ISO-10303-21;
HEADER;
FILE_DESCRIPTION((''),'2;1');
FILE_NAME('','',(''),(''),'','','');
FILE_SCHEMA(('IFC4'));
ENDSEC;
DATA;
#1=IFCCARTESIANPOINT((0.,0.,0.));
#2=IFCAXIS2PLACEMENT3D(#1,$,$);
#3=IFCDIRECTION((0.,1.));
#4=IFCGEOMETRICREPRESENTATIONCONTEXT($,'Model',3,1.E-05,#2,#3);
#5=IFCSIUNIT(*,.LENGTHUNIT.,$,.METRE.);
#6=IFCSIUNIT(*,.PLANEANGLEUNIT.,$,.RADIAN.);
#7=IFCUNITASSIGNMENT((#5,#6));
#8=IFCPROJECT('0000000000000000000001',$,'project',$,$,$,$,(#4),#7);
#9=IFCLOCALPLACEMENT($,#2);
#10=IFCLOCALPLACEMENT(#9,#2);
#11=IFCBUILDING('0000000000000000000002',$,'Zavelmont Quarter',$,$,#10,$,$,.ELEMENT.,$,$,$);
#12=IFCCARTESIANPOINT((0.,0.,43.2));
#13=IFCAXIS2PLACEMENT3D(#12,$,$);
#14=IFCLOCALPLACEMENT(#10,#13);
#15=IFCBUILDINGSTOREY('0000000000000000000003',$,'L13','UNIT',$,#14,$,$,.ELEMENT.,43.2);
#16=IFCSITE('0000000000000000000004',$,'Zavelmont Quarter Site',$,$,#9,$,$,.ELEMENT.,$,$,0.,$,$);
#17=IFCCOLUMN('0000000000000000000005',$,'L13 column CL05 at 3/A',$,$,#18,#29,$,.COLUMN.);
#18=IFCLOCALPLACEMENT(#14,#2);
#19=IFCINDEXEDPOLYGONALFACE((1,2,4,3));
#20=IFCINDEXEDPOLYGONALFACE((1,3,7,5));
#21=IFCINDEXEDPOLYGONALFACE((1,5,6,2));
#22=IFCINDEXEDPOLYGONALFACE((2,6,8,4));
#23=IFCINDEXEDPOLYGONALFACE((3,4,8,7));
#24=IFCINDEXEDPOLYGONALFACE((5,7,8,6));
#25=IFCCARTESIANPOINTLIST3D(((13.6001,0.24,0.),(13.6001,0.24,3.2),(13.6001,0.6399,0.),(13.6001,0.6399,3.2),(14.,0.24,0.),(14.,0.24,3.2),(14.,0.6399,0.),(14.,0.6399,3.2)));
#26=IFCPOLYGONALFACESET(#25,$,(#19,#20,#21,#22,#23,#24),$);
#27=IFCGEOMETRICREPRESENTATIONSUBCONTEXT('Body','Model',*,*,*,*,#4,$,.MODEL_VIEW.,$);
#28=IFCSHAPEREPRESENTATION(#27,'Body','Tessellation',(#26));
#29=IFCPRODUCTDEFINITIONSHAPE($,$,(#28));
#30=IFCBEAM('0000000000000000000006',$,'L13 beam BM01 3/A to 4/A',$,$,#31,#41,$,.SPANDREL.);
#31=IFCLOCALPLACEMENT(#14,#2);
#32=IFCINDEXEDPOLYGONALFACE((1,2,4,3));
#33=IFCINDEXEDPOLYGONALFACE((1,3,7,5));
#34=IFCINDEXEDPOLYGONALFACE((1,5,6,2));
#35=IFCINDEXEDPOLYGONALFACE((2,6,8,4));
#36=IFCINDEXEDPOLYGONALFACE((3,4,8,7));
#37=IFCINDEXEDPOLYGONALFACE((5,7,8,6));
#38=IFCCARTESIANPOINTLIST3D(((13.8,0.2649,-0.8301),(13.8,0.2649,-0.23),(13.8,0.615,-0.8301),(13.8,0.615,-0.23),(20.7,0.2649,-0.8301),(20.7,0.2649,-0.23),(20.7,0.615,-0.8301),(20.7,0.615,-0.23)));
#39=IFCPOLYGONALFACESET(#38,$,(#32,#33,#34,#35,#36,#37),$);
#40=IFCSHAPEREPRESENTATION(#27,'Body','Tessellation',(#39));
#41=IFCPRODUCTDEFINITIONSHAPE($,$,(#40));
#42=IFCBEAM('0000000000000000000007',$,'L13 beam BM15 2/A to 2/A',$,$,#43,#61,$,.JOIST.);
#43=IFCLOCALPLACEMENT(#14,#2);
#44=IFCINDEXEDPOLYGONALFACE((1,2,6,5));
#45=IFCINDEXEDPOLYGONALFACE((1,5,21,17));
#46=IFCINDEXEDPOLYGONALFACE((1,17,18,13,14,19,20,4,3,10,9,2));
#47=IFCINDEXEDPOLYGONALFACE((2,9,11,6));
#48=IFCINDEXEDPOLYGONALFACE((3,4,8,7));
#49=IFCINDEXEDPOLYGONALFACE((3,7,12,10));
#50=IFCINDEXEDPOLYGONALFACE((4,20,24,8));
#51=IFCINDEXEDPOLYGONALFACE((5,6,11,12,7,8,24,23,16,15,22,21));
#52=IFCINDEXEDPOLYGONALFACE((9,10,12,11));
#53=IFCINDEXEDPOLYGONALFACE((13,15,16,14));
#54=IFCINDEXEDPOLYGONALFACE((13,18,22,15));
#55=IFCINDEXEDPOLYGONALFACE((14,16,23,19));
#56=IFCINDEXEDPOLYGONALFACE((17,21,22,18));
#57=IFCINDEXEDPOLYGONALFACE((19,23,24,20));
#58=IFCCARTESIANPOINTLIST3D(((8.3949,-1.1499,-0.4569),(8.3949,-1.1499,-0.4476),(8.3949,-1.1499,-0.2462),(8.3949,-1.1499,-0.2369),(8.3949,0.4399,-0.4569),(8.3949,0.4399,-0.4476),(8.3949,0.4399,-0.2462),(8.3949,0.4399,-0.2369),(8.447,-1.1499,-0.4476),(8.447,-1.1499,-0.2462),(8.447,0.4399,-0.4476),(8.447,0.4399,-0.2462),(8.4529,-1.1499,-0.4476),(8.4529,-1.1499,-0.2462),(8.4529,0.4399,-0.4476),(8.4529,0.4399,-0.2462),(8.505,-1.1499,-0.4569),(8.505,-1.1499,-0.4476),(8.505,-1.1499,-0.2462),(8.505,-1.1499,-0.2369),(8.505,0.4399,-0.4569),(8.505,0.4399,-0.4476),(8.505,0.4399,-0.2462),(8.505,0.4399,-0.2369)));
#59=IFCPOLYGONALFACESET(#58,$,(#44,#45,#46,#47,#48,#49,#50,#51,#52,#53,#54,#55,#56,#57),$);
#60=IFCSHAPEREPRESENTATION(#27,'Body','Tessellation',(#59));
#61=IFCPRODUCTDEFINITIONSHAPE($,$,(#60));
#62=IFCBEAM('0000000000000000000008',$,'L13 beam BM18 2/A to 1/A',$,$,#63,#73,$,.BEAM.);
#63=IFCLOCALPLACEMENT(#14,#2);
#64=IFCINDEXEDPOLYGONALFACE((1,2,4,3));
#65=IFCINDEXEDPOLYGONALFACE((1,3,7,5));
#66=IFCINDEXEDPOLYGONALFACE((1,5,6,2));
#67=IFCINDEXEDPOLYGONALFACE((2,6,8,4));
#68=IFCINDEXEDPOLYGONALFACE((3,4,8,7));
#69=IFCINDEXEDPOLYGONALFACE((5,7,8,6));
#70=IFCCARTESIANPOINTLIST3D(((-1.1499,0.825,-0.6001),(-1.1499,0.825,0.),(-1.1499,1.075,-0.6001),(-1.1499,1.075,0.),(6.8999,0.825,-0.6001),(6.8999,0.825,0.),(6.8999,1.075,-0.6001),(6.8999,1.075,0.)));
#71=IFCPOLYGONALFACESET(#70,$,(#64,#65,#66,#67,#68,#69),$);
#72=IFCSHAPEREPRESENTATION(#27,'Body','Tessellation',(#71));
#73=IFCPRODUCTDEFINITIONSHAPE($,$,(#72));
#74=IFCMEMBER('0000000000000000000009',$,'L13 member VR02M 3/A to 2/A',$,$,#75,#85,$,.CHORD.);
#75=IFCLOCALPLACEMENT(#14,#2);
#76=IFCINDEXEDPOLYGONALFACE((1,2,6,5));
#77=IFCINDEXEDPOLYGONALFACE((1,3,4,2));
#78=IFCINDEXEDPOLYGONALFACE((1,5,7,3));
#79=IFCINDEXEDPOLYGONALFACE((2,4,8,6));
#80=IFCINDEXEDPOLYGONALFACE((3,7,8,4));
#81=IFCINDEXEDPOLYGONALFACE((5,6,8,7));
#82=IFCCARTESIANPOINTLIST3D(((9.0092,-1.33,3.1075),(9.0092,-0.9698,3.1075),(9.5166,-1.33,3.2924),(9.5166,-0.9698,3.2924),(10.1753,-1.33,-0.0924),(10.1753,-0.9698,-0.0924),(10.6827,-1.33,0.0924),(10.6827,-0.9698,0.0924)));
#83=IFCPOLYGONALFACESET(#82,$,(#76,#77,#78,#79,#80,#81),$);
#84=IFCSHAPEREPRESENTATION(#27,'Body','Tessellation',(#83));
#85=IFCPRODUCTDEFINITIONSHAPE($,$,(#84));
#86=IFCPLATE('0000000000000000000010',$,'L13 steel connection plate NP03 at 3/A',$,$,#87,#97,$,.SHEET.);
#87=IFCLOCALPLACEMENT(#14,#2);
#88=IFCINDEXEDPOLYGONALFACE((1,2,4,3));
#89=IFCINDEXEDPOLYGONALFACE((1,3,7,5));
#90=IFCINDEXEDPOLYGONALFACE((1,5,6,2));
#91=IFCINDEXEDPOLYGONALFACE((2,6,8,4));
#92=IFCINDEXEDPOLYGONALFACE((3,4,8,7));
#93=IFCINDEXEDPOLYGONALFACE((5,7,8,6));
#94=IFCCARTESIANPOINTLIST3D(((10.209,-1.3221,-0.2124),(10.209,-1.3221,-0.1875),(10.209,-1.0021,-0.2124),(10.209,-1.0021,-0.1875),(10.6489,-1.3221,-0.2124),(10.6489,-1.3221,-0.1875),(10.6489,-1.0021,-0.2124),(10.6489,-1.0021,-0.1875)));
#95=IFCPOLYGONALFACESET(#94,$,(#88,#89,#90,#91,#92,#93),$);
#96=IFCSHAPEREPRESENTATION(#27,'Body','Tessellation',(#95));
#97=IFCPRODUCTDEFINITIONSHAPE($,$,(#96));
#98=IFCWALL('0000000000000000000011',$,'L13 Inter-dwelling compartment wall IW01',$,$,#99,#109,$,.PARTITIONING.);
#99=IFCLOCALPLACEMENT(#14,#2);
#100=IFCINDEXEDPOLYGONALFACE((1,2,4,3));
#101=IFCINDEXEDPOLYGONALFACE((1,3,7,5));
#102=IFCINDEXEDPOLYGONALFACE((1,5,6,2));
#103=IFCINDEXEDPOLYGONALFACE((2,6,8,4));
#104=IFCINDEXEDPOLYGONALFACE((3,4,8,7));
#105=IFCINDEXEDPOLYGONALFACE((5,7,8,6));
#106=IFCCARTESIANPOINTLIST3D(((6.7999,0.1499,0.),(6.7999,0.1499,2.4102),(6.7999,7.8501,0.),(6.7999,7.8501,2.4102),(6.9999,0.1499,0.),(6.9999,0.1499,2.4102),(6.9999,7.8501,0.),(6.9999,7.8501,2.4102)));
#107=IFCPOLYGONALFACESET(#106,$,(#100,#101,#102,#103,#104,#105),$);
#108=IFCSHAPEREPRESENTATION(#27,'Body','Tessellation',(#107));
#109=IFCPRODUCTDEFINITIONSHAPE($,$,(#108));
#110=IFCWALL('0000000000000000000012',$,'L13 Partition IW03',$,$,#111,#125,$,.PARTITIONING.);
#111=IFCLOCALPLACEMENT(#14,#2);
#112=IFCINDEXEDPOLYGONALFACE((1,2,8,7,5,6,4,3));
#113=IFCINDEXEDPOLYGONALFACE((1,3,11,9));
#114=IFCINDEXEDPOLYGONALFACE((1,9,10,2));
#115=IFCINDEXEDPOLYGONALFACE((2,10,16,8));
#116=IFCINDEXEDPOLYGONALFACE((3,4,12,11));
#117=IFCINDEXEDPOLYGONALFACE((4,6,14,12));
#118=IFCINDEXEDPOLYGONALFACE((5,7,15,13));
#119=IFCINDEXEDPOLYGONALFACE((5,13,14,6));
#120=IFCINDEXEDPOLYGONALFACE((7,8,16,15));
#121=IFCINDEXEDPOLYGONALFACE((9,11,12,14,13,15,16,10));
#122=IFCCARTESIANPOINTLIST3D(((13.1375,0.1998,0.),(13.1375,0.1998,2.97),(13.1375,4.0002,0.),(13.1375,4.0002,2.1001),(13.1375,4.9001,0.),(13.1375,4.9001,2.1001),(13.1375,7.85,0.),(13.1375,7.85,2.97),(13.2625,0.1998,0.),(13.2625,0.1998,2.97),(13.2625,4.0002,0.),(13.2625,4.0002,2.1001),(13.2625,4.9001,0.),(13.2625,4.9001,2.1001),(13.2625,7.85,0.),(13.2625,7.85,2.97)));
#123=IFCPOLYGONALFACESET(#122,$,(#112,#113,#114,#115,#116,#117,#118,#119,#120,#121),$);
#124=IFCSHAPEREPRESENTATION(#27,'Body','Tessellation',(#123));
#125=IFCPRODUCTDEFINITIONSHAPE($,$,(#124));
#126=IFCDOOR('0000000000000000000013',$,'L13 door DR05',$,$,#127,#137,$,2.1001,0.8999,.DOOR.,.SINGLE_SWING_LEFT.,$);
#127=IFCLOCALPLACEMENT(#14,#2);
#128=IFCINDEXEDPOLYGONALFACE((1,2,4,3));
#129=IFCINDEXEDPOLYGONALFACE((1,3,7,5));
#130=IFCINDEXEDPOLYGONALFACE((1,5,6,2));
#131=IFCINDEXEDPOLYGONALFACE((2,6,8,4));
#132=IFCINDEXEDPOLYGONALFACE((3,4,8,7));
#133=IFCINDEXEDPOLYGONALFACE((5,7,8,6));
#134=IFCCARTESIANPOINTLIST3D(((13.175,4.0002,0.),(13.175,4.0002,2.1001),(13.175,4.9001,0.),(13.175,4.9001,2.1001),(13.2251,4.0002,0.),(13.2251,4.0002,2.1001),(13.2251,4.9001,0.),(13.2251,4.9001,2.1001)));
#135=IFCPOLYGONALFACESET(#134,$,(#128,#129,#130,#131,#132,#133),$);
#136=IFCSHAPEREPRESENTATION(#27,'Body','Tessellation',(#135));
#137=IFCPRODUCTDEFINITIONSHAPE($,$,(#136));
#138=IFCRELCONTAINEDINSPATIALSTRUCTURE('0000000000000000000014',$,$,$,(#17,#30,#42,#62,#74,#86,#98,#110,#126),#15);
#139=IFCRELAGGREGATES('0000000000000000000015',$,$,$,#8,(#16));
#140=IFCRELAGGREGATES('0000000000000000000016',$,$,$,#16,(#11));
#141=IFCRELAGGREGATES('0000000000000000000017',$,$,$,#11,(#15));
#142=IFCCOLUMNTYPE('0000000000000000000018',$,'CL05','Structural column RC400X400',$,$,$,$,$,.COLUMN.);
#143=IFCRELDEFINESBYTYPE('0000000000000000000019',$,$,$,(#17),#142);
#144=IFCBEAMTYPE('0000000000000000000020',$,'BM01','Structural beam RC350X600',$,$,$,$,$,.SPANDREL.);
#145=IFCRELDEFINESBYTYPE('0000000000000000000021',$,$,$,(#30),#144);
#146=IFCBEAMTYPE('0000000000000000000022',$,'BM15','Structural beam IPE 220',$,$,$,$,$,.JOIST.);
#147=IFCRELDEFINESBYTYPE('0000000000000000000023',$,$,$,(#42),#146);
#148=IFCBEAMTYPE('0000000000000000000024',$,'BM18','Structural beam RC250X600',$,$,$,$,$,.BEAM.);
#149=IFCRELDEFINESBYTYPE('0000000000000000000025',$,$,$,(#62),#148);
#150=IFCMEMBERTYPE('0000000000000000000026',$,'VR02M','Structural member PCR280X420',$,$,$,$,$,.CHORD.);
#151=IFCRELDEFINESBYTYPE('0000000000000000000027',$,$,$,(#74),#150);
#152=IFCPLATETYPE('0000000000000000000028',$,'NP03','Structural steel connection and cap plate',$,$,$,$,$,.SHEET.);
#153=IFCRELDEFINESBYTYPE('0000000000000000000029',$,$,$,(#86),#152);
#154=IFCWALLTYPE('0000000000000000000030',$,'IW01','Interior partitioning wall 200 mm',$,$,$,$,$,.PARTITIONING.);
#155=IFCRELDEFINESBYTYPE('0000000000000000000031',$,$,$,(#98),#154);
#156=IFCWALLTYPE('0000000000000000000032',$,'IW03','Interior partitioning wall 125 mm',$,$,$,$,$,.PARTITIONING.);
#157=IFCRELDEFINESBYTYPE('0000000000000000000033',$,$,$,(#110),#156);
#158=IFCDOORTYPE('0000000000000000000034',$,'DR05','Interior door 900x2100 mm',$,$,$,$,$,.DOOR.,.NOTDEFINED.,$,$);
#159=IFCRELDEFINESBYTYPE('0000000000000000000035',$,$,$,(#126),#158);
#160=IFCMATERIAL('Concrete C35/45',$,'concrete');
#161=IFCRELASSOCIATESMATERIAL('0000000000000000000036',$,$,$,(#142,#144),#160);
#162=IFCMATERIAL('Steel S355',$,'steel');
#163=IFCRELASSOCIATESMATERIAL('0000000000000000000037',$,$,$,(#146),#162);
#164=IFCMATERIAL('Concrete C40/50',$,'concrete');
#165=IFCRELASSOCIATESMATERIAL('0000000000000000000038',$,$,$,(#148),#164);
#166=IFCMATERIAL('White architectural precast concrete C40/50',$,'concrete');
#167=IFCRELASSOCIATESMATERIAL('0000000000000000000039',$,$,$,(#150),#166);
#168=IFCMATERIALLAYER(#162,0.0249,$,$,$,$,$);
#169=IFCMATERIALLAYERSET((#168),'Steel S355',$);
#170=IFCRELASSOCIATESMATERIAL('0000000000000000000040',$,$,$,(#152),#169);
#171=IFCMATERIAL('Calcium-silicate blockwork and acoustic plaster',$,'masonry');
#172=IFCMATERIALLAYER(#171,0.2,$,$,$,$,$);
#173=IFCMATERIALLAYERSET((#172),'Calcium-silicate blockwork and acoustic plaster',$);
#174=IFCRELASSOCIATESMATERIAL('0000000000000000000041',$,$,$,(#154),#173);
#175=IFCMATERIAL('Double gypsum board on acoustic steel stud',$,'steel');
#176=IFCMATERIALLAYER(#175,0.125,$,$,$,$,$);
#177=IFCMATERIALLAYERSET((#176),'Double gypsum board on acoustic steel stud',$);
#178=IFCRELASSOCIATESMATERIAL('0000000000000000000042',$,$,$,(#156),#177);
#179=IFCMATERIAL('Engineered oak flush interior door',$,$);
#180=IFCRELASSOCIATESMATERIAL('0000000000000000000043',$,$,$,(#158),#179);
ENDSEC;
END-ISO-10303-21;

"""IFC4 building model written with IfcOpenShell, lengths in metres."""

from ifc_helpers import new_model, si_unit, direction, frame, frame_2d, origin, origin_2d, place, context, subcontext, project, spatial, rectangle, i_section, extrude, material, layer, layer_set, material_profile, profile_set, type_object, element, fill, save


model = new_model("IFC4")

# Units and contexts
model_context = context("Model", 3, precision=1e-05, world=origin(), true_north=direction((0.0, 1.0)))
body_context = subcontext(model_context, "Body", "Model", "MODEL_VIEW")
ifc_project = project(units=[si_unit("LENGTHUNIT", "METRE"), si_unit("PLANEANGLEUNIT", "RADIAN")], contexts=[model_context])

# Site, building, storey
site_placement = place(None, origin())
site = spatial("IfcSite", under=ifc_project, at=site_placement, Name="Zavelmont Quarter Site", CompositionType="ELEMENT", RefElevation=0.0)
building_placement = place(site_placement, origin())
building = spatial("IfcBuilding", under=site, at=building_placement, Name="Zavelmont Quarter", CompositionType="ELEMENT")
storey_placement = place(building_placement, frame((0.0, 0.0, 43.2)))
storey = spatial("IfcBuildingStorey", under=building, at=storey_placement, Name="L13", Description="UNIT", CompositionType="ELEMENT", Elevation=43.2)

# Column
ifc_material_1 = material(Name="Concrete C35/45", Category="concrete")
ifc_material_profile_1 = material_profile(ifc_material_1, rectangle(XDim=0.3999, YDim=0.3999, at=origin_2d()), Name="RC400X400")
ifc_profile_set_1 = profile_set([ifc_material_profile_1], Name="Concrete C35/45")
column_type = type_object("IfcColumnType", Name="CL05", Description="Structural column RC400X400", PredefinedType="COLUMN", material=ifc_profile_set_1)
column_placement = place(storey_placement, frame((13.8, 0.4399, 0.0), z_axis=(0.0, 0.0, 1.0), x_axis=(1.0, 0.0, 0.0)))
element("IfcColumn", 1, at=column_placement, inside=storey, type_object=column_type, Name="L13 column CL05 at 3/A", PredefinedType="COLUMN", context=body_context, shape_type="SweptSolid", body=[
    extrude(rectangle(XDim=0.3999, YDim=0.3999, at=origin_2d()), origin(), (0.0, 0.0, 1.0), 3.2),
])

# Beams
ifc_material_profile_2 = material_profile(ifc_material_1, rectangle(XDim=0.3501, YDim=0.6001, at=origin_2d()), Name="RC350X600")
ifc_profile_set_2 = profile_set([ifc_material_profile_2], Name="Concrete C35/45")
beam_type_1 = type_object("IfcBeamType", Name="BM01", Description="Structural beam RC350X600", PredefinedType="SPANDREL", material=ifc_profile_set_2)
beam_1_placement = place(storey_placement, frame((13.8, 0.4399, -0.53), z_axis=(1.0, 0.0, 0.0), x_axis=(0.0, 1.0, 0.0)))
element("IfcBeam", 2, at=beam_1_placement, inside=storey, type_object=beam_type_1, Name="L13 beam BM01 3/A to 4/A", PredefinedType="SPANDREL", context=body_context, shape_type="SweptSolid", body=[
    extrude(rectangle(XDim=0.3501, YDim=0.6001, at=origin_2d()), origin(), (0.0, 0.0, 1.0), 6.8999),
])
ifc_material_2 = material(Name="Steel S355", Category="steel")
ifc_material_profile_3 = material_profile(ifc_material_2, i_section(OverallWidth=0.1101, OverallDepth=0.22, WebThickness=0.0059, FlangeThickness=0.0093, at=origin_2d()), Name="IPE 220")
ifc_profile_set_3 = profile_set([ifc_material_profile_3], Name="Steel S355")
beam_type_2 = type_object("IfcBeamType", Name="BM15", Description="Structural beam IPE 220", PredefinedType="JOIST", material=ifc_profile_set_3)
beam_2_placement = place(storey_placement, frame((8.45, 0.4399, -0.3469), z_axis=(0.0, -1.0, 0.0), x_axis=(1.0, 0.0, 0.0)))
element("IfcBeam", 3, at=beam_2_placement, inside=storey, type_object=beam_type_2, Name="L13 beam BM15 2/A to 2/A", PredefinedType="JOIST", context=body_context, shape_type="SweptSolid", body=[
    extrude(i_section(OverallWidth=0.1101, OverallDepth=0.22, WebThickness=0.0059, FlangeThickness=0.0093, at=origin_2d()), origin(), (0.0, 0.0, 1.0), 1.5898),
])
ifc_material_3 = material(Name="Concrete C40/50", Category="concrete")
ifc_material_profile_4 = material_profile(ifc_material_3, rectangle(XDim=0.25, YDim=0.6001, at=origin_2d()), Name="RC250X600")
ifc_profile_set_4 = profile_set([ifc_material_profile_4], Name="Concrete C40/50")
beam_type_3 = type_object("IfcBeamType", Name="BM18", Description="Structural beam RC250X600", PredefinedType="BEAM", material=ifc_profile_set_4)
beam_3_placement = place(storey_placement, frame((6.8999, 0.95, -0.3), z_axis=(-1.0, 0.0, 0.0), x_axis=(0.0, -1.0, 0.0)))
element("IfcBeam", 4, at=beam_3_placement, inside=storey, type_object=beam_type_3, Name="L13 beam BM18 2/A to 1/A", PredefinedType="BEAM", context=body_context, shape_type="SweptSolid", body=[
    extrude(rectangle(XDim=0.25, YDim=0.6001, at=origin_2d()), origin(), (0.0, 0.0, 1.0), 8.0498),
])

# Member
ifc_material_4 = material(Name="White architectural precast concrete C40/50", Category="concrete")
ifc_material_profile_5 = material_profile(ifc_material_4, rectangle(XDim=0.3601, YDim=0.54, at=origin_2d()), Name="PCR280X420")
ifc_profile_set_5 = profile_set([ifc_material_profile_5], Name="White architectural precast concrete C40/50")
member_type = type_object("IfcMemberType", Name="VR02M", Description="Structural member PCR280X420", PredefinedType="CHORD", material=ifc_profile_set_5)
member_placement = place(storey_placement, frame((10.429, -1.1499, 0.0), z_axis=(-0.342365, 0.0, 0.939567), x_axis=(0.0, -1.0, 0.0)))
element("IfcMember", 5, at=member_placement, inside=storey, type_object=member_type, Name="L13 member VR02M 3/A to 2/A", PredefinedType="CHORD", context=body_context, shape_type="SweptSolid", body=[
    extrude(rectangle(XDim=0.3601, YDim=0.54, at=origin_2d()), origin(), (0.0, 0.0, 1.0), 3.4058),
])

# Plate
ifc_layer_1 = layer(ifc_material_2, 0.0249)
ifc_layer_set_1 = layer_set([ifc_layer_1], Name="Steel S355")
plate_type = type_object("IfcPlateType", Name="NP03", Description="Structural steel connection and cap plate", PredefinedType="SHEET", material=ifc_layer_set_1)
plate_placement = place(storey_placement, frame((10.429, -1.1621, -0.2124), z_axis=(0.0, 0.0, 1.0), x_axis=(1.0, 0.0, 0.0)))
element("IfcPlate", 6, at=plate_placement, inside=storey, type_object=plate_type, Name="L13 steel connection plate NP03 at 3/A", PredefinedType="SHEET", context=body_context, shape_type="SweptSolid", body=[
    extrude(rectangle(XDim=0.4399, YDim=0.3201, at=origin_2d()), origin(), (0.0, 0.0, 1.0), 0.0249),
])

# Wall
ifc_material_5 = material(Name="Calcium-silicate blockwork and acoustic plaster", Category="masonry")
ifc_layer_2 = layer(ifc_material_5, 0.2)
ifc_layer_set_2 = layer_set([ifc_layer_2], Name="Calcium-silicate blockwork and acoustic plaster")
wall_type_1 = type_object("IfcWallType", Name="IW01", Description="Interior partitioning wall 200 mm", PredefinedType="PARTITIONING", material=ifc_layer_set_2)
wall_1_placement = place(storey_placement, frame((6.8999, 7.8501, 0.0), z_axis=(0.0, 0.0, 1.0), x_axis=(0.0, -1.0, 0.0)))
element("IfcWall", 7, at=wall_1_placement, inside=storey, type_object=wall_type_1, Name="L13 Inter-dwelling compartment wall IW01", PredefinedType="PARTITIONING", context=body_context, shape_type="SweptSolid", body=[
    extrude(rectangle(XDim=7.7002, YDim=0.2, at=frame_2d((3.8501, 0.0))), origin(), (0.0, 0.0, 1.0), 2.4102),
])

# Wall, opening, door
ifc_material_6 = material(Name="Double gypsum board on acoustic steel stud", Category="steel")
ifc_layer_3 = layer(ifc_material_6, 0.125)
ifc_layer_set_3 = layer_set([ifc_layer_3], Name="Double gypsum board on acoustic steel stud")
wall_type_2 = type_object("IfcWallType", Name="IW03", Description="Interior partitioning wall 125 mm", PredefinedType="PARTITIONING", material=ifc_layer_set_3)
wall_2_placement = place(storey_placement, frame((13.2, 7.8501, 0.0), z_axis=(0.0, 0.0, 1.0), x_axis=(0.0, -1.0, 0.0)))
wall_2 = element("IfcWall", 8, at=wall_2_placement, inside=storey, type_object=wall_type_2, Name="L13 Partition IW03", PredefinedType="PARTITIONING", context=body_context, shape_type="SweptSolid", body=[
    extrude(rectangle(XDim=7.6501, YDim=0.125, at=frame_2d((3.8252, 0.0))), origin(), (0.0, 0.0, 1.0), 2.97),
])
opening_1_placement = place(wall_2_placement, frame((2.95, 0.0, 0.0)))
opening_1 = element("IfcOpeningElement", 9, at=opening_1_placement, cuts=wall_2, PredefinedType="OPENING", context=body_context, shape_type="SweptSolid", body=[
    extrude(rectangle(XDim=0.8999, YDim=2.1001, at=frame_2d((0.45, 1.05))), frame((0.0, 0.0745, 0.0), z_axis=(0.0, -1.0, 0.0), x_axis=(1.0, 0.0, 0.0)), (0.0, 0.0, 1.0), 0.1489),
])
ifc_material_7 = material(Name="Engineered oak flush interior door")
door_type_1 = type_object("IfcDoorType", Name="DR05", Description="Interior door 900x2100 mm", OperationType="NOTDEFINED", PredefinedType="DOOR", material=ifc_material_7)
door_1_placement = place(opening_1_placement, frame((0.8999, 0.0, 0.0), z_axis=(0.0, 0.0, 1.0), x_axis=(-1.0, 0.0, 0.0)))
door_1 = element("IfcDoor", 10, at=door_1_placement, inside=storey, type_object=door_type_1, Name="L13 door DR05", OperationType="SINGLE_SWING_LEFT", OverallHeight=2.1001, OverallWidth=0.8999, PredefinedType="DOOR", context=body_context, shape_type="SweptSolid", body=[
    extrude(rectangle(XDim=0.8999, YDim=2.1001, at=frame_2d((0.45, 1.05))), frame((0.0, 0.0249, 0.0), z_axis=(0.0, -1.0, 0.0), x_axis=(1.0, 0.0, 0.0)), (0.0, 0.0, 1.0), 0.05),
])
fill(opening_1, door_1)

save(model, "model.ifc")
